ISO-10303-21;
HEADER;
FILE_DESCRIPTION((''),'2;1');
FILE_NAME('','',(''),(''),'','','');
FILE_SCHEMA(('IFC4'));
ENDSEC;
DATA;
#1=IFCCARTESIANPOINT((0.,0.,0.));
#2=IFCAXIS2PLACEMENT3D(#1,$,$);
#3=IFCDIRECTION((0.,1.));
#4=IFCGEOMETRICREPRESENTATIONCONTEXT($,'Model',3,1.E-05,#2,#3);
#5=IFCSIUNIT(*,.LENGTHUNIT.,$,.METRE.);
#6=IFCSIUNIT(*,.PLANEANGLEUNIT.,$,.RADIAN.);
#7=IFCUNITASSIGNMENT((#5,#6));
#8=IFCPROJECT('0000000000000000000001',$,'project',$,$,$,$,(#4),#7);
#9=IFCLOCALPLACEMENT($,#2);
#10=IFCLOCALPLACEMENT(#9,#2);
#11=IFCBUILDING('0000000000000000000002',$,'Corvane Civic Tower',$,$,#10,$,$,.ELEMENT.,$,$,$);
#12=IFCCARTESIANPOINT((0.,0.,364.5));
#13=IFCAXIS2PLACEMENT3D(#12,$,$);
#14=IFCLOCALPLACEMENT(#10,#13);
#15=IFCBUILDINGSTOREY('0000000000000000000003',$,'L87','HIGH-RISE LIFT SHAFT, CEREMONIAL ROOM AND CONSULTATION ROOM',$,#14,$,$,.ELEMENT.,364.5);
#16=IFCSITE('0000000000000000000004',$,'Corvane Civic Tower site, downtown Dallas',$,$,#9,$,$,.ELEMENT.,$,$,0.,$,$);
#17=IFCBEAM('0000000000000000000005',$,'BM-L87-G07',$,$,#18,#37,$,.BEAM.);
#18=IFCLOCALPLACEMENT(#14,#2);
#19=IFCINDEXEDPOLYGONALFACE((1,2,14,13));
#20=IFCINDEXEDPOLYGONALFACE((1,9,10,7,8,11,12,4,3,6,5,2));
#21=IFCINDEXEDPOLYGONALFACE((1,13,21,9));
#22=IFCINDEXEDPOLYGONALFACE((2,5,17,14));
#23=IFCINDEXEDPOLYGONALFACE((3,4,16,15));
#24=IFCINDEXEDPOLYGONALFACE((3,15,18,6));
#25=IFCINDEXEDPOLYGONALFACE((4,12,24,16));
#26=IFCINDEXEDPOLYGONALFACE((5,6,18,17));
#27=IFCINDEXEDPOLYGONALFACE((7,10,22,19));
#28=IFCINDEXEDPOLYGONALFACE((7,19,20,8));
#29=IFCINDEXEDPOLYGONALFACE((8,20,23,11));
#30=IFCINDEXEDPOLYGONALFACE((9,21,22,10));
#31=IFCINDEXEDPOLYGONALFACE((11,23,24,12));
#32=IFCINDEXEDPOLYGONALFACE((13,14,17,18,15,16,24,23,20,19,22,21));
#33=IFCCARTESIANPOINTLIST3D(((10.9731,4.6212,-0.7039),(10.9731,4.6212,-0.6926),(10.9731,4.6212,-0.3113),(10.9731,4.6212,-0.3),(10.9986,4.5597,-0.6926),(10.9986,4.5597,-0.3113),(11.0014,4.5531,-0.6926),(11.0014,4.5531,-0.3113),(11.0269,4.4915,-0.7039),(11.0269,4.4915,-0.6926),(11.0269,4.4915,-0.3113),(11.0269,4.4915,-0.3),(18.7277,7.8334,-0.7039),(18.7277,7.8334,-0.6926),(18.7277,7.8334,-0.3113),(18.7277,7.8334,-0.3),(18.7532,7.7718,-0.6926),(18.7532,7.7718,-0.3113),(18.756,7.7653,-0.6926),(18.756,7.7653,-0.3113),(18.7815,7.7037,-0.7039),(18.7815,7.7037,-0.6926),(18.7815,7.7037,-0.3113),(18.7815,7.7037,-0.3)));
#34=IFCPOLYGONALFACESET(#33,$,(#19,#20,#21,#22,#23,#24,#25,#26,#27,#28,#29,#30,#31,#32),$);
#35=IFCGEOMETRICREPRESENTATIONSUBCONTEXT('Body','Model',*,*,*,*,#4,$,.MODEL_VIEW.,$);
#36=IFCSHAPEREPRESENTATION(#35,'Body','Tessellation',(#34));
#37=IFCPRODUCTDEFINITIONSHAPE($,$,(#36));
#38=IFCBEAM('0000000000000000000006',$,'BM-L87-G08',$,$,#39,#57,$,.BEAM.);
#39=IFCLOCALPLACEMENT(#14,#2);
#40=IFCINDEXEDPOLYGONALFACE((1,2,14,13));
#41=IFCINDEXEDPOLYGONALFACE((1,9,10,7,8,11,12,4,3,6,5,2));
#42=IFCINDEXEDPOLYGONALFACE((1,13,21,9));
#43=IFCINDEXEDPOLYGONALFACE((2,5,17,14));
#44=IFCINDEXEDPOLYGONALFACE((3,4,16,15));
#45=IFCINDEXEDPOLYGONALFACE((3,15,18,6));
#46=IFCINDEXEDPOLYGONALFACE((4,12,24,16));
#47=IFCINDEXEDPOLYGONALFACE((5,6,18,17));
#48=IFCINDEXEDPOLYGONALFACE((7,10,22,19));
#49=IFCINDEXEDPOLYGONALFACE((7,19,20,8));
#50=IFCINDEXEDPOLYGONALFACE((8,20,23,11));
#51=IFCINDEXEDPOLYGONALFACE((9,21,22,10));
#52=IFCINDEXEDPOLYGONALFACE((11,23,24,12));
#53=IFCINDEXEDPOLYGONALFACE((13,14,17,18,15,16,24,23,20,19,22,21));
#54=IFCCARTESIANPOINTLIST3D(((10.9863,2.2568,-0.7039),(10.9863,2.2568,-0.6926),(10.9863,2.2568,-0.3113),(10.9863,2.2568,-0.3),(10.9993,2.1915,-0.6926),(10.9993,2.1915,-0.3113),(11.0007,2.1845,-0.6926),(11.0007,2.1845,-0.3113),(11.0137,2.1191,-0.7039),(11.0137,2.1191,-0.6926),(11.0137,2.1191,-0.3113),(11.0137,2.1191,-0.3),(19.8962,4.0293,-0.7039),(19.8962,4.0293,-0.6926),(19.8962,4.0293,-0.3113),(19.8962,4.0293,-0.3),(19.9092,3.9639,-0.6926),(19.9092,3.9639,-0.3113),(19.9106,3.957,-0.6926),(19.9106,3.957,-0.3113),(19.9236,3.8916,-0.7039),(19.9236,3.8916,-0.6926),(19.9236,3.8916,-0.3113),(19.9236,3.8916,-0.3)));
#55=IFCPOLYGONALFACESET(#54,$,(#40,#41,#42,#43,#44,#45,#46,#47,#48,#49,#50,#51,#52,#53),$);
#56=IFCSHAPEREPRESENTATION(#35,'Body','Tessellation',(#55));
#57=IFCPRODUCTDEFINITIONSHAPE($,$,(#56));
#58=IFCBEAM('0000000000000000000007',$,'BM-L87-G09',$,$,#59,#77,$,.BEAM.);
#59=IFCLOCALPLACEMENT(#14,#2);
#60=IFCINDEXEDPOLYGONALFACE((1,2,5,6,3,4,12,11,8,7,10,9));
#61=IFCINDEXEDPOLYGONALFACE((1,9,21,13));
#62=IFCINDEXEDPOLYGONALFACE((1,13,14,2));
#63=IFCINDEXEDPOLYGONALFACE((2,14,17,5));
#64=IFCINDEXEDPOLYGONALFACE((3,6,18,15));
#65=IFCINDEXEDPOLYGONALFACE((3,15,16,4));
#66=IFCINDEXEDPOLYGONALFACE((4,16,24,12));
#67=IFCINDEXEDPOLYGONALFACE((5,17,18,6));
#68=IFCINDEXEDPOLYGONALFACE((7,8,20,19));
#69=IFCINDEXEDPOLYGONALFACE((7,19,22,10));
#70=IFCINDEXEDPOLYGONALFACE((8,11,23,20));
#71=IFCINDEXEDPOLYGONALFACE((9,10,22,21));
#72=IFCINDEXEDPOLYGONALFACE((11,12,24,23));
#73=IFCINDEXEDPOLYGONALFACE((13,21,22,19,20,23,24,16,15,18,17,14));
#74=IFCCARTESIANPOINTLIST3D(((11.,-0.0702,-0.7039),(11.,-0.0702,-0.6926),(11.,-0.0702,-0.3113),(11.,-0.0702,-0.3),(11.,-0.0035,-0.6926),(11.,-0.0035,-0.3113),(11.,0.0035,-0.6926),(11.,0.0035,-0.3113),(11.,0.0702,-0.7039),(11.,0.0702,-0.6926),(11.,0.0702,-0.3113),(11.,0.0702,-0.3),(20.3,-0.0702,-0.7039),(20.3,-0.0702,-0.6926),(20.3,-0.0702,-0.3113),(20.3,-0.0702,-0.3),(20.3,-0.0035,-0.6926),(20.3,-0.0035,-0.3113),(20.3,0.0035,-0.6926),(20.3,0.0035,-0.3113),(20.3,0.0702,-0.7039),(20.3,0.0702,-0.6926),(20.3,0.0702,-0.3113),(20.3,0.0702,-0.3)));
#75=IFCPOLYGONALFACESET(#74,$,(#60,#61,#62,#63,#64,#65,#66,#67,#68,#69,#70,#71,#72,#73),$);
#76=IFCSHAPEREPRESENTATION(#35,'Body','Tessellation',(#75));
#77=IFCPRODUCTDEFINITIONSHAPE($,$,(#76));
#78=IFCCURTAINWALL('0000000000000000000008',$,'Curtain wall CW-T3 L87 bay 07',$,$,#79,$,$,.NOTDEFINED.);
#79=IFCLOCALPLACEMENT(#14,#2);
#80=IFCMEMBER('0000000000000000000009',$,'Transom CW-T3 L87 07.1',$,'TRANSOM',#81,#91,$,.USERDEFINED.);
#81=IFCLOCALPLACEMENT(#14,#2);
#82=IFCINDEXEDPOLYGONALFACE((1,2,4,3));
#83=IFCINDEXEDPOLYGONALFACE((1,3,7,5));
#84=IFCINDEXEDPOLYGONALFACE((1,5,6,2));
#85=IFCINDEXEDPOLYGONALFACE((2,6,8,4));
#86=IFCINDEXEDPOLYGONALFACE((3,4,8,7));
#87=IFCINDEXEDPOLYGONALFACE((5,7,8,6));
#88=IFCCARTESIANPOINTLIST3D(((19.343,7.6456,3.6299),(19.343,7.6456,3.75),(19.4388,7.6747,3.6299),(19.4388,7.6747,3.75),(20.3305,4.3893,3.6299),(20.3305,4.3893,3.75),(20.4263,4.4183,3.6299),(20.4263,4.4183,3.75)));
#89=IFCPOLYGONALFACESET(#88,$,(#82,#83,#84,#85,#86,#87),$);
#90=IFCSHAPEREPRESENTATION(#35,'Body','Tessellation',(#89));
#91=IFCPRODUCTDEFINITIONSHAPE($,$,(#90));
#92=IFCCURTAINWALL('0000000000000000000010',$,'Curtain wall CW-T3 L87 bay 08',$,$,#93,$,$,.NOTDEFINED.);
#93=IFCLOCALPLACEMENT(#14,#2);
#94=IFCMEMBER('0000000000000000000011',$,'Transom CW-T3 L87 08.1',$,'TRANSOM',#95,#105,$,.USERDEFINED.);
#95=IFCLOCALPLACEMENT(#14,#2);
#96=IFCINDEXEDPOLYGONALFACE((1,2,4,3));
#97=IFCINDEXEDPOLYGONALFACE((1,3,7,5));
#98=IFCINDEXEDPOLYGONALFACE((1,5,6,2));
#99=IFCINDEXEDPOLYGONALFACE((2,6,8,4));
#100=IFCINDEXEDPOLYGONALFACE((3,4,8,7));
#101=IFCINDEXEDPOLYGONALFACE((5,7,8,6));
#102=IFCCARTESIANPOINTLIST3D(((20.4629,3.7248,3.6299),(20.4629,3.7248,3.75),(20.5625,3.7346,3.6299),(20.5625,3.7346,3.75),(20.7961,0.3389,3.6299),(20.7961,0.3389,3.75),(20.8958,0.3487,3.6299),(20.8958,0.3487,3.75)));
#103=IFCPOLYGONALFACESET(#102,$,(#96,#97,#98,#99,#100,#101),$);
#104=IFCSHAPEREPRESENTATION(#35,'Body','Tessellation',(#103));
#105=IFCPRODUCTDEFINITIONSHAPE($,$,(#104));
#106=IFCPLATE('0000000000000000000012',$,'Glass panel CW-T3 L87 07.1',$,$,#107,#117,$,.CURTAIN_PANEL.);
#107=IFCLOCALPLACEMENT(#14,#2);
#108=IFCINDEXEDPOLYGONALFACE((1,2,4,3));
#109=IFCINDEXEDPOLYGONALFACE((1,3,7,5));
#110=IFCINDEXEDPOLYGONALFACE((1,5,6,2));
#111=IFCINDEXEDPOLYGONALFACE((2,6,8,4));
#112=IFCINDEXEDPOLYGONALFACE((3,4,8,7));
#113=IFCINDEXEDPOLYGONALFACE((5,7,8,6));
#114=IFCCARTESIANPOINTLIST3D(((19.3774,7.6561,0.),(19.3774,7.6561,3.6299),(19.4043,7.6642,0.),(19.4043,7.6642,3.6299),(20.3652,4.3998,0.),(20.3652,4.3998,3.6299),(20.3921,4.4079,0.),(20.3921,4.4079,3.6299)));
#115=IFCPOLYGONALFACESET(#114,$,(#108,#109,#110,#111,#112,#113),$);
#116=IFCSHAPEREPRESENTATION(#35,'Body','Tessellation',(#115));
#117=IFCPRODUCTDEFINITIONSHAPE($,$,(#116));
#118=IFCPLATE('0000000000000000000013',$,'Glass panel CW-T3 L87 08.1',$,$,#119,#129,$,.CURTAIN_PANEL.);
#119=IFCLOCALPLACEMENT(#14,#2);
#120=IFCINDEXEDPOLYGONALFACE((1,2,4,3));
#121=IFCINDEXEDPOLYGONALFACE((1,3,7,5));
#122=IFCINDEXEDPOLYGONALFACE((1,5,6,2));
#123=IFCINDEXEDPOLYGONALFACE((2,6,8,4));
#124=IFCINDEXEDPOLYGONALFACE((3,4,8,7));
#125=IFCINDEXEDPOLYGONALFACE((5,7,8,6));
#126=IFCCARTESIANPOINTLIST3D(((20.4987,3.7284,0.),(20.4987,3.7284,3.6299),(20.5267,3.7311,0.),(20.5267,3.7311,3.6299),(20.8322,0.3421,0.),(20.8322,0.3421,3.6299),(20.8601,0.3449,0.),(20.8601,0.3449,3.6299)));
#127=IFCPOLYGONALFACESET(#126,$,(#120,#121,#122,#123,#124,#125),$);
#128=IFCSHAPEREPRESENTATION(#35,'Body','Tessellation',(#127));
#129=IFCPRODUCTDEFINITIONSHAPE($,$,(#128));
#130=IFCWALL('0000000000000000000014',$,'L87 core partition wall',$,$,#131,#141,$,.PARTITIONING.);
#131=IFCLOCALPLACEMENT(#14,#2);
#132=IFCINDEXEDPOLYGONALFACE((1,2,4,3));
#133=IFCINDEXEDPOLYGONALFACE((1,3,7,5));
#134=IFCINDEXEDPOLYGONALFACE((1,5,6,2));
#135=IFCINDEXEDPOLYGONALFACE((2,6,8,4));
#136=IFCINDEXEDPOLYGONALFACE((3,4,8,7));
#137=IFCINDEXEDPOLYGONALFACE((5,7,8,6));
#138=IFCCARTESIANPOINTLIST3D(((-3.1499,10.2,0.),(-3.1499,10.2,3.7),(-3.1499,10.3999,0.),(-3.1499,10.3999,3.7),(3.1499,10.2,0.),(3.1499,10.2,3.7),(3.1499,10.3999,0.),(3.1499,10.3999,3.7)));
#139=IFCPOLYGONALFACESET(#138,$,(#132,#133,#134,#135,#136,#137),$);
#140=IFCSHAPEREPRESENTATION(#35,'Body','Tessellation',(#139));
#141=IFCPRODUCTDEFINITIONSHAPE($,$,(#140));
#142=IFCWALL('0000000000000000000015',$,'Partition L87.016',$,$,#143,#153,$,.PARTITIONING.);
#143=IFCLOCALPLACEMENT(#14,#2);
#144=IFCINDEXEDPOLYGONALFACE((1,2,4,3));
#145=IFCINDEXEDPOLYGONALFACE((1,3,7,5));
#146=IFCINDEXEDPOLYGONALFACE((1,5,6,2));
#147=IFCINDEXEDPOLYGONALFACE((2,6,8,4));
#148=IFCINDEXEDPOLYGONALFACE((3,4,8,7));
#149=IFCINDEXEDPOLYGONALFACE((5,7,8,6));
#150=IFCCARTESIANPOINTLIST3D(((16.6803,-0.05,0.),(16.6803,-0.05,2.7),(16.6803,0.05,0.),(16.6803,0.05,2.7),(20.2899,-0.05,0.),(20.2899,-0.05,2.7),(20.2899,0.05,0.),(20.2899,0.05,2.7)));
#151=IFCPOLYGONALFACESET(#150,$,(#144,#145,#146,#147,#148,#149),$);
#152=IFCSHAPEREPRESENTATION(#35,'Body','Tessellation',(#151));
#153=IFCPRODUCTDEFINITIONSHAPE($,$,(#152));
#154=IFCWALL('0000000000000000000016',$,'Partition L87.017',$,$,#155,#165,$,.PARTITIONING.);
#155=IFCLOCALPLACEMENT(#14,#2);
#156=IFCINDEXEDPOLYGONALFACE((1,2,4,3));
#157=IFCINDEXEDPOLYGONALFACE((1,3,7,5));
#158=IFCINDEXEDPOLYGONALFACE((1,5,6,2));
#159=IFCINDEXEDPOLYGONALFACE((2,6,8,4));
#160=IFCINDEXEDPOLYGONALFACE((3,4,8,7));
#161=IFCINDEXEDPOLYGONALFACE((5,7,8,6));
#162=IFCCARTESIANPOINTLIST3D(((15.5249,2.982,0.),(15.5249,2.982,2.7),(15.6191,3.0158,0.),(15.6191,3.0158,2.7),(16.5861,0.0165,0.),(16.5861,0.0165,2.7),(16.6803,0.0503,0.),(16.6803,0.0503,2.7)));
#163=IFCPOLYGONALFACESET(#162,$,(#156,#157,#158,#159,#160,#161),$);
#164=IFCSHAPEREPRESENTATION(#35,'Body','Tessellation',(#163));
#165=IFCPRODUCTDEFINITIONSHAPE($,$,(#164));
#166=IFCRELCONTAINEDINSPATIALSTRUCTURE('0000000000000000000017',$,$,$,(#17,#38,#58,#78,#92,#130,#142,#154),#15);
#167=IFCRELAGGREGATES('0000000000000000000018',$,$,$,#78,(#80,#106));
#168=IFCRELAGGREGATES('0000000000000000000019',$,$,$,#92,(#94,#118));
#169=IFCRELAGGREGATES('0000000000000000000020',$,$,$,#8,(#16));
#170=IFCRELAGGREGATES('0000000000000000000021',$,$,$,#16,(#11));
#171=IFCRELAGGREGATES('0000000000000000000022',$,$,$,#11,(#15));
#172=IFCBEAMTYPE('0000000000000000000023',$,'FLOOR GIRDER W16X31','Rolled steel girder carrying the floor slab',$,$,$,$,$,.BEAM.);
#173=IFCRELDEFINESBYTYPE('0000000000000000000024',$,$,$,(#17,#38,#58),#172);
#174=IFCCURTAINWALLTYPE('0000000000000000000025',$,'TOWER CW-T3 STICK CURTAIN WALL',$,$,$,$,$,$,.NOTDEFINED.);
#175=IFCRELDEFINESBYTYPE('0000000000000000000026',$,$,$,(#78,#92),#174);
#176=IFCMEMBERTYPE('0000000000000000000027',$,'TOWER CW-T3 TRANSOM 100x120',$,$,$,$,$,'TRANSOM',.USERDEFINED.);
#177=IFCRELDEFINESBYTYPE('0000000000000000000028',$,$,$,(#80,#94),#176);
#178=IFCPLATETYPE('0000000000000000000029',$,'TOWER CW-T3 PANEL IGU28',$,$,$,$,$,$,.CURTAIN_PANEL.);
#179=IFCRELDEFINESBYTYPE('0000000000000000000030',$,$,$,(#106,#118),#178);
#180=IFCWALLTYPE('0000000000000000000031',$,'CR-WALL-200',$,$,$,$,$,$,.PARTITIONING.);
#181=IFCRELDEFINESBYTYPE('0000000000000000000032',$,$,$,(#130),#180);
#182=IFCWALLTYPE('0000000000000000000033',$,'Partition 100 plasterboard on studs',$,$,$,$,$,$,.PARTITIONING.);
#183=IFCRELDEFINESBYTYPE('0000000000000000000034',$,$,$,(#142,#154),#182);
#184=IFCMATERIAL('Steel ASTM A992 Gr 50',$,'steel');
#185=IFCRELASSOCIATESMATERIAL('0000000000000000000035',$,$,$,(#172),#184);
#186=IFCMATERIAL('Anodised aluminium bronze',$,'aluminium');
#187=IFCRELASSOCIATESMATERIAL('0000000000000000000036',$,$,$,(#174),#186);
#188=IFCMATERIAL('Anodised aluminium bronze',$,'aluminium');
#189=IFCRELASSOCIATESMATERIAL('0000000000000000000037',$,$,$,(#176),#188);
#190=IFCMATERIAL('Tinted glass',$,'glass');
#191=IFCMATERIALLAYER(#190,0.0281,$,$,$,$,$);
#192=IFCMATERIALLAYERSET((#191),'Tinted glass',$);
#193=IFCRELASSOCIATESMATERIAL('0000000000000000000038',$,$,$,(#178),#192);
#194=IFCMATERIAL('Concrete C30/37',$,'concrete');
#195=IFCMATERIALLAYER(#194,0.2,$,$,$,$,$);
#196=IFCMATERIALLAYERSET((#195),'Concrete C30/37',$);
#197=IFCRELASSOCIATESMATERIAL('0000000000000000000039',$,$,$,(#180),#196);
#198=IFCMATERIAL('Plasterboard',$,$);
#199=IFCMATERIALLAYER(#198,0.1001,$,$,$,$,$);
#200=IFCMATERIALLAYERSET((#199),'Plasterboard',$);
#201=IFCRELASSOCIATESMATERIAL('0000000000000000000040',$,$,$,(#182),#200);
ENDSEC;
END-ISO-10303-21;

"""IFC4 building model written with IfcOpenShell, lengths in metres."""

from ifc_helpers import new_model, si_unit, direction, frame, frame_2d, origin, origin_2d, place, context, subcontext, project, spatial, polyline, rectangle, i_section, outline, extrude, material, layer, layer_set, material_profile, profile_set, type_object, element, aggregate, save


model = new_model("IFC4")

# Units and contexts
model_context = context("Model", 3, precision=1e-05, world=origin(), true_north=direction((0.0, 1.0)))
body_context = subcontext(model_context, "Body", "Model", "MODEL_VIEW")
ifc_project = project(units=[si_unit("LENGTHUNIT", "METRE"), si_unit("PLANEANGLEUNIT", "RADIAN")], contexts=[model_context])

# Site, building, storey
site_placement = place(None, origin())
site = spatial("IfcSite", under=ifc_project, at=site_placement, Name="Corvane Civic Tower site, downtown Dallas", CompositionType="ELEMENT", RefElevation=0.0)
building_placement = place(site_placement, origin())
building = spatial("IfcBuilding", under=site, at=building_placement, Name="Corvane Civic Tower", CompositionType="ELEMENT")
storey_placement = place(building_placement, frame((0.0, 0.0, 364.5)))
storey = spatial("IfcBuildingStorey", under=building, at=storey_placement, Name="L87", Description="HIGH-RISE LIFT SHAFT, CEREMONIAL ROOM AND CONSULTATION ROOM", CompositionType="ELEMENT", Elevation=364.5)

# Beams
ifc_material_1 = material(Name="Steel ASTM A992 Gr 50", Category="steel")
ifc_material_profile_1 = material_profile(ifc_material_1, i_section(OverallWidth=0.1404, OverallDepth=0.4038, WebThickness=0.0071, FlangeThickness=0.0112, at=origin_2d()), Name="W16X31")
ifc_profile_set_1 = profile_set([ifc_material_profile_1], Name="Steel ASTM A992 Gr 50")
beam_type_1 = type_object("IfcBeamType", Name="FLOOR GIRDER W16X31", Description="Rolled steel girder carrying the floor slab", PredefinedType="BEAM", material=ifc_profile_set_1)
beam_1_placement = place(storey_placement, frame((11.0, 4.5564, -0.502), z_axis=(0.923876, 0.382692, 0.0), x_axis=(-0.382692, 0.923876, 0.0)))
element("IfcBeam", 1, at=beam_1_placement, inside=storey, type_object=beam_type_1, Name="BM-L87-G07", PredefinedType="BEAM", context=body_context, shape_type="SweptSolid", body=[
    extrude(i_section(OverallWidth=0.1404, OverallDepth=0.4038, WebThickness=0.0071, FlangeThickness=0.0112, at=origin_2d()), origin(), (0.0, 0.0, 1.0), 8.3936),
])
beam_2_placement = place(storey_placement, frame((11.0, 2.188, -0.502), z_axis=(0.980782, 0.195108, 0.0), x_axis=(-0.195108, 0.980782, 0.0)))
element("IfcBeam", 2, at=beam_2_placement, inside=storey, type_object=beam_type_1, Name="BM-L87-G08", PredefinedType="BEAM", context=body_context, shape_type="SweptSolid", body=[
    extrude(i_section(OverallWidth=0.1404, OverallDepth=0.4038, WebThickness=0.0071, FlangeThickness=0.0112, at=origin_2d()), origin(), (0.0, 0.0, 1.0), 9.0845),
])
beam_3_placement = place(storey_placement, frame((11.0, 0.0, -0.502), z_axis=(1.0, 0.0, 0.0), x_axis=(0.0, 1.0, 0.0)))
element("IfcBeam", 3, at=beam_3_placement, inside=storey, type_object=beam_type_1, Name="BM-L87-G09", PredefinedType="BEAM", context=body_context, shape_type="SweptSolid", body=[
    extrude(i_section(OverallWidth=0.1404, OverallDepth=0.4038, WebThickness=0.0071, FlangeThickness=0.0112, at=origin_2d()), origin(), (0.0, 0.0, 1.0), 9.3),
])

# Curtain walls, members
ifc_material_2 = material(Name="Anodised aluminium bronze", Category="aluminium")
curtain_wall_type = type_object("IfcCurtainWallType", Name="TOWER CW-T3 STICK CURTAIN WALL", PredefinedType="NOTDEFINED", material=ifc_material_2)
curtain_wall_1_placement = place(storey_placement, origin())
curtain_wall_1 = element("IfcCurtainWall", 4, at=curtain_wall_1_placement, inside=storey, type_object=curtain_wall_type, Name="Curtain wall CW-T3 L87 bay 07", PredefinedType="NOTDEFINED")
ifc_material_3 = material(Name="Anodised aluminium bronze", Category="aluminium")
ifc_material_profile_2 = material_profile(ifc_material_3, rectangle(XDim=0.1001, YDim=0.1201, at=origin_2d()), Name="TOWER CW-T3 TRANSOM 100x120")
ifc_profile_set_2 = profile_set([ifc_material_profile_2], Name="Anodised aluminium bronze")
member_type = type_object("IfcMemberType", Name="TOWER CW-T3 TRANSOM 100x120", ElementType="TRANSOM", PredefinedType="USERDEFINED", material=ifc_profile_set_2)
member_1_placement = place(storey_placement, frame((19.3909, 7.6602, 3.6899), z_axis=(0.290216, -0.956961, 0.0), x_axis=(0.956961, 0.290216, 0.0)))
member_1 = element("IfcMember", 5, at=member_1_placement, type_object=member_type, Name="Transom CW-T3 L87 07.1", ObjectType="TRANSOM", PredefinedType="USERDEFINED", context=body_context, shape_type="SweptSolid", body=[
    extrude(rectangle(XDim=0.1001, YDim=0.1201, at=origin_2d()), origin(), (0.0, 0.0, 1.0), 3.4028),
])
curtain_wall_2_placement = place(storey_placement, origin())
curtain_wall_2 = element("IfcCurtainWall", 6, at=curtain_wall_2_placement, inside=storey, type_object=curtain_wall_type, Name="Curtain wall CW-T3 L87 bay 08", PredefinedType="NOTDEFINED")
member_2_placement = place(storey_placement, frame((20.5127, 3.7297, 3.6899), z_axis=(0.097948, -0.995192, 0.0), x_axis=(0.995192, 0.097948, 0.0)))
member_2 = element("IfcMember", 7, at=member_2_placement, type_object=member_type, Name="Transom CW-T3 L87 08.1", ObjectType="TRANSOM", PredefinedType="USERDEFINED", context=body_context, shape_type="SweptSolid", body=[
    extrude(rectangle(XDim=0.1001, YDim=0.1201, at=origin_2d()), origin(), (0.0, 0.0, 1.0), 3.4023),
])

# Plates
ifc_material_4 = material(Name="Tinted glass", Category="glass")
ifc_layer_1 = layer(ifc_material_4, 0.0281)
ifc_layer_set_1 = layer_set([ifc_layer_1], Name="Tinted glass")
plate_type = type_object("IfcPlateType", Name="TOWER CW-T3 PANEL IGU28", PredefinedType="CURTAIN_PANEL", material=ifc_layer_set_1)
plate_1_placement = place(storey_placement, frame((19.8848, 6.032, 0.0), z_axis=(0.0, 0.0, 1.0), x_axis=(0.29029, -0.956939, 0.0)))
plate_1 = element("IfcPlate", 8, at=plate_1_placement, type_object=plate_type, Name="Glass panel CW-T3 L87 07.1", PredefinedType="CURTAIN_PANEL", context=body_context, shape_type="SweptSolid", body=[
    extrude(rectangle(XDim=3.4028, YDim=0.0281, at=origin_2d()), origin(), (0.0, 0.0, 1.0), 3.6299),
])
aggregate(curtain_wall_1, [member_1, plate_1])
plate_2_placement = place(storey_placement, frame((20.6794, 2.0366, 0.0), z_axis=(0.0, 0.0, 1.0), x_axis=(0.097998, -0.995187, 0.0)))
plate_2 = element("IfcPlate", 9, at=plate_2_placement, type_object=plate_type, Name="Glass panel CW-T3 L87 08.1", PredefinedType="CURTAIN_PANEL", context=body_context, shape_type="SweptSolid", body=[
    extrude(rectangle(XDim=3.4026, YDim=0.0281, at=origin_2d()), origin(), (0.0, 0.0, 1.0), 3.6299),
])
aggregate(curtain_wall_2, [member_2, plate_2])

# Walls
ifc_material_5 = material(Name="Concrete C30/37", Category="concrete")
ifc_layer_2 = layer(ifc_material_5, 0.2)
ifc_layer_set_2 = layer_set([ifc_layer_2], Name="Concrete C30/37")
wall_type_1 = type_object("IfcWallType", Name="CR-WALL-200", PredefinedType="PARTITIONING", material=ifc_layer_set_2)
wall_1_placement = place(storey_placement, origin())
element("IfcWall", 10, at=wall_1_placement, inside=storey, type_object=wall_type_1, Name="L87 core partition wall", PredefinedType="PARTITIONING", context=body_context, shape_type="SweptSolid", body=[
    extrude(outline(polyline([(3.1499, 10.2), (-3.1499, 10.2), (-3.1499, 10.3999), (3.1499, 10.3999), (3.1499, 10.2)])), origin(), (0.0, 0.0, 1.0), 3.7),
])
ifc_material_6 = material(Name="Plasterboard")
ifc_layer_3 = layer(ifc_material_6, 0.1001)
ifc_layer_set_3 = layer_set([ifc_layer_3], Name="Plasterboard")
wall_type_2 = type_object("IfcWallType", Name="Partition 100 plasterboard on studs", PredefinedType="PARTITIONING", material=ifc_layer_set_3)
wall_2_placement = place(storey_placement, frame((16.6804, 0.0, 0.0), z_axis=(0.0, 0.0, 1.0), x_axis=(1.0, 0.0, 0.0)))
element("IfcWall", 11, at=wall_2_placement, inside=storey, type_object=wall_type_2, Name="Partition L87.016", PredefinedType="PARTITIONING", context=body_context, shape_type="SweptSolid", body=[
    extrude(rectangle(XDim=3.6096, YDim=0.1001, at=frame_2d((1.8047, 0.0))), origin(), (0.0, 0.0, 1.0), 2.7),
])
wall_3_placement = place(storey_placement, frame((15.572, 2.9988, 0.0), z_axis=(0.0, 0.0, 1.0), x_axis=(0.33694, -0.941526, 0.0)))
element("IfcWall", 12, at=wall_3_placement, inside=storey, type_object=wall_type_2, Name="Partition L87.017", PredefinedType="PARTITIONING", context=body_context, shape_type="SweptSolid", body=[
    extrude(rectangle(XDim=3.1497, YDim=0.1001, at=frame_2d((1.5747, 0.0))), origin(), (0.0, 0.0, 1.0), 2.7),
])

save(model, "model.ifc")
